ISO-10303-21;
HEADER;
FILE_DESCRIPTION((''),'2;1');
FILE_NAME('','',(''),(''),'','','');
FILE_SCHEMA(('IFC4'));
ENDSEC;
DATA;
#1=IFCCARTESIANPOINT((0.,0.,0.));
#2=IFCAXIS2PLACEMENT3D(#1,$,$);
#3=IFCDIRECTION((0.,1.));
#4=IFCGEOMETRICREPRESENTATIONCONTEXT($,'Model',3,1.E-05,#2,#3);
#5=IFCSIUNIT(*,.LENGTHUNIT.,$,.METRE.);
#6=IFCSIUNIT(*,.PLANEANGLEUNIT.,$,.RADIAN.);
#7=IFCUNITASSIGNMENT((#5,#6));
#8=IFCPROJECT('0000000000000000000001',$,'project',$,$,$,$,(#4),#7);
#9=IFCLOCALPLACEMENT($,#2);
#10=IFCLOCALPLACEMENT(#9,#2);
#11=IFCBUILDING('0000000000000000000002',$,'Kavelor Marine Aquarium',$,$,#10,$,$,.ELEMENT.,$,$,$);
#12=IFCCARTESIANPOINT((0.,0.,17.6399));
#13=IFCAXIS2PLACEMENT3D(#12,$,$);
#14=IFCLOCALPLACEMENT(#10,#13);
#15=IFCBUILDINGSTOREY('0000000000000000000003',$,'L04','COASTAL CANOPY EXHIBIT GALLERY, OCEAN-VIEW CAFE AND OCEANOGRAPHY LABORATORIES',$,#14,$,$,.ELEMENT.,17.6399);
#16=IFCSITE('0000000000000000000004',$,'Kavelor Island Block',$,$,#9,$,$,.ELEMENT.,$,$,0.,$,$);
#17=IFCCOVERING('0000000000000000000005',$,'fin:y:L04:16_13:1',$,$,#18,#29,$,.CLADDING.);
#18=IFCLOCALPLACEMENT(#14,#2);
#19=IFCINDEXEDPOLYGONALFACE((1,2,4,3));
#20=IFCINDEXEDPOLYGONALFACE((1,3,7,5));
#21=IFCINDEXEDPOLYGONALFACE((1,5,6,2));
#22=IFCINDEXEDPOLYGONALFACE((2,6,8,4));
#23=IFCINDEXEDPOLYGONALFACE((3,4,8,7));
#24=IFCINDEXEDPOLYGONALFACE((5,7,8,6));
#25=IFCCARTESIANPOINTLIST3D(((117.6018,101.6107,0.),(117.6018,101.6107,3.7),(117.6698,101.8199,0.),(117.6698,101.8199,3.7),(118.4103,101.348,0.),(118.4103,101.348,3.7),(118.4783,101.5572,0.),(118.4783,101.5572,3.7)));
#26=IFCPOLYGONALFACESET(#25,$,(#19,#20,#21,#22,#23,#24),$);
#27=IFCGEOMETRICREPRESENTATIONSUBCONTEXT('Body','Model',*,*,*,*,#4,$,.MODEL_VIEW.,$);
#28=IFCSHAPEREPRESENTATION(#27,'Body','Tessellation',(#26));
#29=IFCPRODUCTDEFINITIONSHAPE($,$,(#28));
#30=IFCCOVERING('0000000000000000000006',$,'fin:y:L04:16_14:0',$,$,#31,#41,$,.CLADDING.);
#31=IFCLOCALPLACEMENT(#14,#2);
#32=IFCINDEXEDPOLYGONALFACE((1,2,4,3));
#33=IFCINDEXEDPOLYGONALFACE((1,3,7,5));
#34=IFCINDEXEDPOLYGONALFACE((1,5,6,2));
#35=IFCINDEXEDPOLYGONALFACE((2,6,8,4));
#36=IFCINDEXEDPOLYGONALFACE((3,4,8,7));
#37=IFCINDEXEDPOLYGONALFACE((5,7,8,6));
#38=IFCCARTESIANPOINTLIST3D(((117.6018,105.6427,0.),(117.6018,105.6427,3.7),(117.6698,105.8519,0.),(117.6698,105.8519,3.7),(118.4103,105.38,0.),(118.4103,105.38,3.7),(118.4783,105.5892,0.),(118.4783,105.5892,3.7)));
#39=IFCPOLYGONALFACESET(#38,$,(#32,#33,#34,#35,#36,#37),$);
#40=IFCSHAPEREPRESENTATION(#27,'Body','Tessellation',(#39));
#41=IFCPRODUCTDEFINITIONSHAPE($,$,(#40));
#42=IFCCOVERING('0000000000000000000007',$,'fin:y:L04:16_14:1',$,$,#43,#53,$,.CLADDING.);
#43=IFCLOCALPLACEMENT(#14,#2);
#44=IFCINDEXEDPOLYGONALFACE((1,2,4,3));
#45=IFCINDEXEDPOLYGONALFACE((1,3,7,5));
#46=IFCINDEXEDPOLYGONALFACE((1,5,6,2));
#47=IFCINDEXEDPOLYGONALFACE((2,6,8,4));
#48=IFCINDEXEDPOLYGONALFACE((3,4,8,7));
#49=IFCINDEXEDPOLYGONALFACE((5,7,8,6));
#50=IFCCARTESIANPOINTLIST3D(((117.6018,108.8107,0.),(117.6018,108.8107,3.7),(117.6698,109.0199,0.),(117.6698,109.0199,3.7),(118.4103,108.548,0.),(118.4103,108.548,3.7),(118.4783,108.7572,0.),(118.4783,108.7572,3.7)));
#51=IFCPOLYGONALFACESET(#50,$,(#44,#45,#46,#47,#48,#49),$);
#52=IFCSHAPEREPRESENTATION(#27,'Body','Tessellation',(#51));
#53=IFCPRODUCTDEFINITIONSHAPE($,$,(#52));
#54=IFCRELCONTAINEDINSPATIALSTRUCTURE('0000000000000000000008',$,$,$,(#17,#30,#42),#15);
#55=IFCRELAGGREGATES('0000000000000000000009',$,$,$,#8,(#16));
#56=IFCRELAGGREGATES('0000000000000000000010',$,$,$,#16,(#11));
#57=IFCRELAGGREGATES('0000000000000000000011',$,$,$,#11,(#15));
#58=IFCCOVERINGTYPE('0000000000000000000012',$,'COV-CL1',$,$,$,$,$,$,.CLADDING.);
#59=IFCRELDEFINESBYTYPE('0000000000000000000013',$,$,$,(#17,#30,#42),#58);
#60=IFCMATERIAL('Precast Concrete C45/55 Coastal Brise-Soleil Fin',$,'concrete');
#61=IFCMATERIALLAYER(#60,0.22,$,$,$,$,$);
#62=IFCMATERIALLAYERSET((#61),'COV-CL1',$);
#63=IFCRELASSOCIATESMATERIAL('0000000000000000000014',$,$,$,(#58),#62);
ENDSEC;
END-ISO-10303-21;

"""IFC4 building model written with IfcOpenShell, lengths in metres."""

from ifc_helpers import new_model, si_unit, direction, frame, origin, origin_2d, place, context, subcontext, project, spatial, rectangle, extrude, material, layer, layer_set, type_object, element, save


model = new_model("IFC4")

# Units and contexts
model_context = context("Model", 3, precision=1e-05, world=origin(), true_north=direction((0.0, 1.0)))
body_context = subcontext(model_context, "Body", "Model", "MODEL_VIEW")
ifc_project = project(units=[si_unit("LENGTHUNIT", "METRE"), si_unit("PLANEANGLEUNIT", "RADIAN")], contexts=[model_context])

# Site, building, storey
site_placement = place(None, origin())
site = spatial("IfcSite", under=ifc_project, at=site_placement, Name="Kavelor Island Block", CompositionType="ELEMENT", RefElevation=0.0)
building_placement = place(site_placement, origin())
building = spatial("IfcBuilding", under=site, at=building_placement, Name="Kavelor Marine Aquarium", CompositionType="ELEMENT")
storey_placement = place(building_placement, frame((0.0, 0.0, 17.6399)))
storey = spatial("IfcBuildingStorey", under=building, at=storey_placement, Name="L04", Description="COASTAL CANOPY EXHIBIT GALLERY, OCEAN-VIEW CAFE AND OCEANOGRAPHY LABORATORIES", CompositionType="ELEMENT", Elevation=17.6399)

# Coverings
ifc_material_1 = material(Name="Precast Concrete C45/55 Coastal Brise-Soleil Fin", Category="concrete")
ifc_layer_1 = layer(ifc_material_1, 0.22)
ifc_layer_set_1 = layer_set([ifc_layer_1], Name="COV-CL1")
covering_type = type_object("IfcCoveringType", Name="COV-CL1", PredefinedType="CLADDING", material=ifc_layer_set_1)
for number, where, z_axis, x_axis, name in (
    (1, (118.04, 101.584, 0.0), (0.0, 0.0, 1.0), (0.951057, -0.309017, 0.0), "fin:y:L04:16_13:1"),
    (2, (118.04, 105.616, 0.0), (0.0, 0.0, 1.0), (0.951057, -0.309017, 0.0), "fin:y:L04:16_14:0"),
    (3, (118.04, 108.7839, 0.0), (0.0, 0.0, 1.0), (0.951057, -0.309017, 0.0), "fin:y:L04:16_14:1"),
):
    element("IfcCovering", number, at=place(storey_placement, frame(where, z_axis=z_axis, x_axis=x_axis)), inside=storey, type_object=covering_type, Name=name, PredefinedType="CLADDING", context=body_context, shape_type="SweptSolid", body=[
        extrude(rectangle(XDim=0.8501, YDim=0.22, at=origin_2d()), origin(), (0.0, 0.0, 1.0), 3.7),
    ])

save(model, "model.ifc")
